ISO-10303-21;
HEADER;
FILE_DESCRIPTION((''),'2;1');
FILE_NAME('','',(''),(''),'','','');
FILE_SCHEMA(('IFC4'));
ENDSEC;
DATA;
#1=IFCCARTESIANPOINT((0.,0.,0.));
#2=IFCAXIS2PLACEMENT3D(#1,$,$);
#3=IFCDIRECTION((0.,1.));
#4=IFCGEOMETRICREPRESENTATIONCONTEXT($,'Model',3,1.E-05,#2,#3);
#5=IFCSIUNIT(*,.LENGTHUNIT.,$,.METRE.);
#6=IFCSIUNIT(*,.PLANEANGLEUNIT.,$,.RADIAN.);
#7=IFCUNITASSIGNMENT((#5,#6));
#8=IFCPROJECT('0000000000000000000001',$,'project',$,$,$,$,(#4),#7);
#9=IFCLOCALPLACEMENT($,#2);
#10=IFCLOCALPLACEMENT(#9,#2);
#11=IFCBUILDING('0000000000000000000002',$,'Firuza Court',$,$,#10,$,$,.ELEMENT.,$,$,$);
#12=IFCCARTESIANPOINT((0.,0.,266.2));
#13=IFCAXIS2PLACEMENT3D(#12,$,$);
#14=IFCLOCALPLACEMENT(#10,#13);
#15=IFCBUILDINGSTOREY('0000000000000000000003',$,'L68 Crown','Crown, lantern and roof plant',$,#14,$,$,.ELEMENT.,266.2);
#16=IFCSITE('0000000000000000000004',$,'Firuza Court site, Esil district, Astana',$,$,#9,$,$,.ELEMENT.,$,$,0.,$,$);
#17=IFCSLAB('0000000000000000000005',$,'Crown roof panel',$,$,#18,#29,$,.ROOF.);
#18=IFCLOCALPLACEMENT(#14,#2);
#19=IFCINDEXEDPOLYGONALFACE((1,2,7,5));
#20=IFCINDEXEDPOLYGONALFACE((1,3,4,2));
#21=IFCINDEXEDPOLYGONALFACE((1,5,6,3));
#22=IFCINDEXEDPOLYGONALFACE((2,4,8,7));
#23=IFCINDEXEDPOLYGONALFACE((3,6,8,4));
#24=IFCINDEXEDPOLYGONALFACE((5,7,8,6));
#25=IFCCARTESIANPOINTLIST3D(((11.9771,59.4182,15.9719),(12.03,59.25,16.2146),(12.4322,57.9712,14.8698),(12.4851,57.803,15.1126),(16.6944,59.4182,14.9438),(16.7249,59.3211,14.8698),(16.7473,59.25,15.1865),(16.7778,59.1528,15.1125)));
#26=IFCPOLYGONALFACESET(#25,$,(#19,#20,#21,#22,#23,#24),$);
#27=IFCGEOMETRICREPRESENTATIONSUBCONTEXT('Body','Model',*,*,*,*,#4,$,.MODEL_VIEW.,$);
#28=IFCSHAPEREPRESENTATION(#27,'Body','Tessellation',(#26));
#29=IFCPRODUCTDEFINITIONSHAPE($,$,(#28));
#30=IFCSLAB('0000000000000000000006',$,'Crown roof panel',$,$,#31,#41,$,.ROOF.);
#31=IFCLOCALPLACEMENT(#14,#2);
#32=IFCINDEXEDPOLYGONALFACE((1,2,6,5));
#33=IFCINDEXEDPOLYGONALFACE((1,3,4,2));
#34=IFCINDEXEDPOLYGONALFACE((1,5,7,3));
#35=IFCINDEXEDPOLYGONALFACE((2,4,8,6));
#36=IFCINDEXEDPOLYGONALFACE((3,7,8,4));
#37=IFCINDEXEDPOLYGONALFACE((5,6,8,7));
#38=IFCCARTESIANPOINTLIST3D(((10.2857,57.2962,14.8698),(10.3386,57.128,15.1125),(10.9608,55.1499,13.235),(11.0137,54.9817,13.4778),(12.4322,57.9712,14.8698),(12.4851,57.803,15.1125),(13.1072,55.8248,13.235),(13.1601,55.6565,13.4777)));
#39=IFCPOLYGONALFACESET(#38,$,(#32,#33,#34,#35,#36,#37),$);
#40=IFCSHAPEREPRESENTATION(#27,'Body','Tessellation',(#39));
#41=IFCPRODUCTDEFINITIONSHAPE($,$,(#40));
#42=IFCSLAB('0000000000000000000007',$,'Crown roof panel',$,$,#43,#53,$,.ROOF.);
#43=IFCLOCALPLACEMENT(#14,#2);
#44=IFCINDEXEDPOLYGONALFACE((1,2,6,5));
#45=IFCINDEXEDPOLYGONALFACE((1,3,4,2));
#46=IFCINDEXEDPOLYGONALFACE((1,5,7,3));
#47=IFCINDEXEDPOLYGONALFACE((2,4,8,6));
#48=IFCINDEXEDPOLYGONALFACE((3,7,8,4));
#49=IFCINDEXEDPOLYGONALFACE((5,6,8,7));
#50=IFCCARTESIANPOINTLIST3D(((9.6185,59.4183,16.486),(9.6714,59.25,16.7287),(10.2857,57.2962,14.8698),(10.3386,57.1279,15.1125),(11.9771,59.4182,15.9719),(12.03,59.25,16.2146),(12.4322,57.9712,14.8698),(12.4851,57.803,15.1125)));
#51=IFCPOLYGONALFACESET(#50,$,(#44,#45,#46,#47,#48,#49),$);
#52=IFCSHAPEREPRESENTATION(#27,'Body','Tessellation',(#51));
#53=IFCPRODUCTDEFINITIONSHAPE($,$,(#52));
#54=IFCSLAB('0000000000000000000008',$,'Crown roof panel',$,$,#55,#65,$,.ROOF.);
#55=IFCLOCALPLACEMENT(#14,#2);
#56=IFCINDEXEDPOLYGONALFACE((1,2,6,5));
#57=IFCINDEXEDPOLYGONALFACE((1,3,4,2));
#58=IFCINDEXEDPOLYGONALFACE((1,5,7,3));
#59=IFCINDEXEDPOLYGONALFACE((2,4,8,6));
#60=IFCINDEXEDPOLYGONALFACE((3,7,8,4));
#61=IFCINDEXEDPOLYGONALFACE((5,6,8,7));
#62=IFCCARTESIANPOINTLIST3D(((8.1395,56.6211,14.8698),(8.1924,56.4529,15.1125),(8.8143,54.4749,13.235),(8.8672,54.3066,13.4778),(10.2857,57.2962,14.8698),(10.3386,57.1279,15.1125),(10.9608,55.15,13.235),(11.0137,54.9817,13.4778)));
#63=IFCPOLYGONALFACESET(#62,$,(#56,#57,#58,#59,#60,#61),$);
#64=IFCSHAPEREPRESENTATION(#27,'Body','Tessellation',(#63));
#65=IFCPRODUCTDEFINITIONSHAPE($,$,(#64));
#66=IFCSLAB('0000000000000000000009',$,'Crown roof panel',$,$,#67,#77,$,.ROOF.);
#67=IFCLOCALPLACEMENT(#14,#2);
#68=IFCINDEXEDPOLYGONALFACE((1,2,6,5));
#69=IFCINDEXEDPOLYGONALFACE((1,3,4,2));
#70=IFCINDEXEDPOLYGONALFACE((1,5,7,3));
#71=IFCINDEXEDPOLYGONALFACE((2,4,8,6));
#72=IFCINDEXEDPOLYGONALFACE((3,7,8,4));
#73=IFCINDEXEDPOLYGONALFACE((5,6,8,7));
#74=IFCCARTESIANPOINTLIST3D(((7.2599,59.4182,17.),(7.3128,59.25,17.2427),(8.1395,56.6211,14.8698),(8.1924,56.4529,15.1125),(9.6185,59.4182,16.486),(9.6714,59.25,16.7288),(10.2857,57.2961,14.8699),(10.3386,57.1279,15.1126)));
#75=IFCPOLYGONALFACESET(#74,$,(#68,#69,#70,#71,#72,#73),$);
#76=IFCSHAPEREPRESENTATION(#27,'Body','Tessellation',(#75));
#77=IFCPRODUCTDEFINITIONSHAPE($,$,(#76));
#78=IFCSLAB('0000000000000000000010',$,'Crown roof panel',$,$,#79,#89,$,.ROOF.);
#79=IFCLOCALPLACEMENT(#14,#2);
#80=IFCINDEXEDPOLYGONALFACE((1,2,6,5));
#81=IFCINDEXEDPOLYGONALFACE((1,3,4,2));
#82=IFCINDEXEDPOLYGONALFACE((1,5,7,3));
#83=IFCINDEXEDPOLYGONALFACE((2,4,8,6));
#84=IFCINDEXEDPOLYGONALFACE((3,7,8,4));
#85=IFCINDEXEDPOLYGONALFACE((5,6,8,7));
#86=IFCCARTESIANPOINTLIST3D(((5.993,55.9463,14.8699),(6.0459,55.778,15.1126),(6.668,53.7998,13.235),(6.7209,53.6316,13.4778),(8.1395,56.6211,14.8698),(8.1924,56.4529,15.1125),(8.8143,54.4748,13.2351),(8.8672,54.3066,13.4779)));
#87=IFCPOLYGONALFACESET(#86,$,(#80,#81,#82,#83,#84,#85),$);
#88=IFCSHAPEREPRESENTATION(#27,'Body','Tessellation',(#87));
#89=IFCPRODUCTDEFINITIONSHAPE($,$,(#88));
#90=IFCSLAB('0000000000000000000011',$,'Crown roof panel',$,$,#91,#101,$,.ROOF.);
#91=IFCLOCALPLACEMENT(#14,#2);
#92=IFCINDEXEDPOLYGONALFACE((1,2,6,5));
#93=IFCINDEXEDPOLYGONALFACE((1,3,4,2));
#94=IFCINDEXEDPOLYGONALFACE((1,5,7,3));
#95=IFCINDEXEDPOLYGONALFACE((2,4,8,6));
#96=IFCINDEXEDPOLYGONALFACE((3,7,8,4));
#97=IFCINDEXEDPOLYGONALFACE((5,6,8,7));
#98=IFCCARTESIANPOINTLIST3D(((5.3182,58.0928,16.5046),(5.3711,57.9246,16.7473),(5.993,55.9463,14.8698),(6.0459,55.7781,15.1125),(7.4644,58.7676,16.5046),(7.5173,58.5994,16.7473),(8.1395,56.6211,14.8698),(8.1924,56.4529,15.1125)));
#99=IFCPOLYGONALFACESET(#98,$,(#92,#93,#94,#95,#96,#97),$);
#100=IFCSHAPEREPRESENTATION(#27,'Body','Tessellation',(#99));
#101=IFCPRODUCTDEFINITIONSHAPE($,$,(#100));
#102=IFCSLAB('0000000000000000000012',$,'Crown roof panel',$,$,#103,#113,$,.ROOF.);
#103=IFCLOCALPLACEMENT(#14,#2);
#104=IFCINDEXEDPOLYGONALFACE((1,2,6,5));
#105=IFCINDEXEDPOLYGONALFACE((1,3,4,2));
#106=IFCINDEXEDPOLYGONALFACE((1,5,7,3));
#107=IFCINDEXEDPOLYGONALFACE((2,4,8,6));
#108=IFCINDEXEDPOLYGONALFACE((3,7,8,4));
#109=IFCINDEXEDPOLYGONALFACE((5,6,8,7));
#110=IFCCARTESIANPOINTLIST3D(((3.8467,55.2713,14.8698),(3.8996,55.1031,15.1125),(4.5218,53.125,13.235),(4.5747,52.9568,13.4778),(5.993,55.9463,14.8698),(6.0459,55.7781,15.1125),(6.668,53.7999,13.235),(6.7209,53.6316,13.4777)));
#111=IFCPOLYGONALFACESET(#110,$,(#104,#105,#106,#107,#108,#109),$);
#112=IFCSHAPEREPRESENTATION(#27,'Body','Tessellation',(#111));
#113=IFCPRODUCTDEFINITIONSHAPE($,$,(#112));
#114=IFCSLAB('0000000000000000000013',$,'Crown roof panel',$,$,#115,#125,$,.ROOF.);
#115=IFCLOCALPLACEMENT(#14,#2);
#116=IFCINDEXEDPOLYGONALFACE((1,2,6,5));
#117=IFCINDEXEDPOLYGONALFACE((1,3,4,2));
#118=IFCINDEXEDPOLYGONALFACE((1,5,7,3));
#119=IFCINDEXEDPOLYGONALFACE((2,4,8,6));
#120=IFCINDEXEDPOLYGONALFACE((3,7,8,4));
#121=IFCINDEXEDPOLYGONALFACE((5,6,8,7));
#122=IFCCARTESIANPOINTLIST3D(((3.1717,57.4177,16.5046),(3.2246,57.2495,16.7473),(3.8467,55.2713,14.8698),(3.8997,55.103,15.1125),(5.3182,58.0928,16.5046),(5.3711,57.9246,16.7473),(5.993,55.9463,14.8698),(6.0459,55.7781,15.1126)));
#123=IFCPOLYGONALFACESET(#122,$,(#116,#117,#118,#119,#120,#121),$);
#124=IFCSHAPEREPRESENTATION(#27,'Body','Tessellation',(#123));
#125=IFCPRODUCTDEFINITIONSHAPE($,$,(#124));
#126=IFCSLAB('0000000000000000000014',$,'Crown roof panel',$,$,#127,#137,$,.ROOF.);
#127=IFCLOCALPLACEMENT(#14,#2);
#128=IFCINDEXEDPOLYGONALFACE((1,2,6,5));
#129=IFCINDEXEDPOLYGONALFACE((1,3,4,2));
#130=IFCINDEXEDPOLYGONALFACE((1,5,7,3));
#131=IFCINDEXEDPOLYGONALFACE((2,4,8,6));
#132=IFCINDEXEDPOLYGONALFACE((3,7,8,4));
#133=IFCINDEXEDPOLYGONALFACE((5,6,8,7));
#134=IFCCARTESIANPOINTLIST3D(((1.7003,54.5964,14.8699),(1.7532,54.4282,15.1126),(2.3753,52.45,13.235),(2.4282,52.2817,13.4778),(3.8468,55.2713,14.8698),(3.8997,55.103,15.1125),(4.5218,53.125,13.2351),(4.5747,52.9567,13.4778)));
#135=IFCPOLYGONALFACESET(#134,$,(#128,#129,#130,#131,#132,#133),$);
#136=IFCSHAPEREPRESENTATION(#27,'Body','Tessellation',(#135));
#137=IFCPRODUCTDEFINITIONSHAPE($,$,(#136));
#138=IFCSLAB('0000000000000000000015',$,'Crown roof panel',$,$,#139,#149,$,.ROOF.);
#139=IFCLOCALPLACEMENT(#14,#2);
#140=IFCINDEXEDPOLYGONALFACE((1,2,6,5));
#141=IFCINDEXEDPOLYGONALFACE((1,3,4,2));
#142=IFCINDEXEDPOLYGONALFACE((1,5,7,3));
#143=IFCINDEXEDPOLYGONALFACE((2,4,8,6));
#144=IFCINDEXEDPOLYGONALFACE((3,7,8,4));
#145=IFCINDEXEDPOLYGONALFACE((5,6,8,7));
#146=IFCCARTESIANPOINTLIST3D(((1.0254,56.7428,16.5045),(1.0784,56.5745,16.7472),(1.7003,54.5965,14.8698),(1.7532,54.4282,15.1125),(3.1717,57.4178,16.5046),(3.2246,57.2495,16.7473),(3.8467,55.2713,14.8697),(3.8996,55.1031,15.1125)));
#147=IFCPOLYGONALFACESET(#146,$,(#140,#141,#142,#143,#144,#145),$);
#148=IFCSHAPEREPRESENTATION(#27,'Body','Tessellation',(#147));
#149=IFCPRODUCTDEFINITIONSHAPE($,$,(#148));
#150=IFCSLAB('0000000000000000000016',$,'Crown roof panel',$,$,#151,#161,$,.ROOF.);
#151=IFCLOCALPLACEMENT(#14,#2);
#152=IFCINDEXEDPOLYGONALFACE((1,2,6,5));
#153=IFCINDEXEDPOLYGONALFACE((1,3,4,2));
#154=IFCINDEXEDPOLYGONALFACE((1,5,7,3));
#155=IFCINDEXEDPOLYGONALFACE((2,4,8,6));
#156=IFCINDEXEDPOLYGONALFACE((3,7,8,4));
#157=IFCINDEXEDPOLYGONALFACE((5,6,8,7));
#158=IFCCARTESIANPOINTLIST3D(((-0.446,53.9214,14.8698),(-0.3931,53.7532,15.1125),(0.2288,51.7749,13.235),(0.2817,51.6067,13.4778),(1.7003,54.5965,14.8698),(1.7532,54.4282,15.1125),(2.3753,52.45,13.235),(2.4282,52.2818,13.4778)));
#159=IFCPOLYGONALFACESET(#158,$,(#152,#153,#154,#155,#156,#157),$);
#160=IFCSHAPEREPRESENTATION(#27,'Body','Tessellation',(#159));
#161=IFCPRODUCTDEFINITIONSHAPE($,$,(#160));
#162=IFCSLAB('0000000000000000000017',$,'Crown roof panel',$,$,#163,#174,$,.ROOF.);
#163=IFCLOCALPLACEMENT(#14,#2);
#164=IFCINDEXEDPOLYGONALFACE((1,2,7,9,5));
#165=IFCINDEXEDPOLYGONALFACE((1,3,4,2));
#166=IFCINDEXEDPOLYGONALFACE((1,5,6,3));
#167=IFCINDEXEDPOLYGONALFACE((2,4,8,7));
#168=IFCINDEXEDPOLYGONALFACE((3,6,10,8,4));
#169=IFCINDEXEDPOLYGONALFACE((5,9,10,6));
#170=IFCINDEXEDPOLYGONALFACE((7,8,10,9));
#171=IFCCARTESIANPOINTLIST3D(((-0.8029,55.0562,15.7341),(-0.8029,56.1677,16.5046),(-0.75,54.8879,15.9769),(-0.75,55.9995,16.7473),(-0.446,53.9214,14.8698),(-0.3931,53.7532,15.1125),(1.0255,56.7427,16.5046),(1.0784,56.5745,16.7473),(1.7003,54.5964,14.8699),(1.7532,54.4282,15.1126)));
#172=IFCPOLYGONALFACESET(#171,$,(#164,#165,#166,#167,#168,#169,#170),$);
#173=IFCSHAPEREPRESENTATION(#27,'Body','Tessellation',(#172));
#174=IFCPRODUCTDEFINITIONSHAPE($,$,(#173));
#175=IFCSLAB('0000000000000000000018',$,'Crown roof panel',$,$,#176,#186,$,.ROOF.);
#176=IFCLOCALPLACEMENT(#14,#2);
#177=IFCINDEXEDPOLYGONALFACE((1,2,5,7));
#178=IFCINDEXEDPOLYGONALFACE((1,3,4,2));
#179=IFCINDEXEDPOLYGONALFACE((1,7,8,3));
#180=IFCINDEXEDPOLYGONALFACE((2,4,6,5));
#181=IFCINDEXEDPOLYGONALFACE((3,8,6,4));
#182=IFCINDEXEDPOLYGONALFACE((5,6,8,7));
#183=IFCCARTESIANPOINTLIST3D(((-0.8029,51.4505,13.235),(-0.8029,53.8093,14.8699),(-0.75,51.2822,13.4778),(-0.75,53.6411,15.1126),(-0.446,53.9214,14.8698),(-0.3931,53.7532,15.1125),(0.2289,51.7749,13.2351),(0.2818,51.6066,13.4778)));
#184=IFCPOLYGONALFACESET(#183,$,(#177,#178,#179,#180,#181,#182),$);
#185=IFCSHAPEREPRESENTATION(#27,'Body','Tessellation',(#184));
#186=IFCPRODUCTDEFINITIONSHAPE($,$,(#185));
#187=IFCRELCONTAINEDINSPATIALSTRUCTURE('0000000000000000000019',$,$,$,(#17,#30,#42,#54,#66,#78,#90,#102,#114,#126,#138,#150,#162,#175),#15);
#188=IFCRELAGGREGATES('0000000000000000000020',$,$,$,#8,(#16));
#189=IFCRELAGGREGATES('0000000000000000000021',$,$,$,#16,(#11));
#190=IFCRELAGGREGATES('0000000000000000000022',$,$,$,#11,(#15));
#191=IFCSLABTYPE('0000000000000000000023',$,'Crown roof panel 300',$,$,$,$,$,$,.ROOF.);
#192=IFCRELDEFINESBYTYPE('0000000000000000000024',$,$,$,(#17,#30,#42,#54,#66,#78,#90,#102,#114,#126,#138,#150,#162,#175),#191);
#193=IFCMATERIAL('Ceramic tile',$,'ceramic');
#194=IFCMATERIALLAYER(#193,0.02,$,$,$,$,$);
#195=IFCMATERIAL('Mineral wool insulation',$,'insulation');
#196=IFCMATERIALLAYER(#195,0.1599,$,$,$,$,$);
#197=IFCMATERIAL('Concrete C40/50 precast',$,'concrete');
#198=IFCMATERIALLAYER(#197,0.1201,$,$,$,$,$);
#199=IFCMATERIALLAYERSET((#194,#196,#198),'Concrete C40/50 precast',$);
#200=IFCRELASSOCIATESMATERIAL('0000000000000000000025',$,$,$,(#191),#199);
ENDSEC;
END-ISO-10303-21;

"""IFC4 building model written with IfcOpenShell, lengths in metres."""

from ifc_helpers import new_model, si_unit, direction, frame, origin, place, context, subcontext, project, spatial, polyline, outline, extrude, material, layer, layer_set, type_object, element, save


model = new_model("IFC4")

# Units and contexts
model_context = context("Model", 3, precision=1e-05, world=origin(), true_north=direction((0.0, 1.0)))
body_context = subcontext(model_context, "Body", "Model", "MODEL_VIEW")
ifc_project = project(units=[si_unit("LENGTHUNIT", "METRE"), si_unit("PLANEANGLEUNIT", "RADIAN")], contexts=[model_context])

# Site, building, storey
site_placement = place(None, origin())
site = spatial("IfcSite", under=ifc_project, at=site_placement, Name="Firuza Court site, Esil district, Astana", CompositionType="ELEMENT", RefElevation=0.0)
building_placement = place(site_placement, origin())
building = spatial("IfcBuilding", under=site, at=building_placement, Name="Firuza Court", CompositionType="ELEMENT")
storey_placement = place(building_placement, frame((0.0, 0.0, 266.2)))
storey = spatial("IfcBuildingStorey", under=building, at=storey_placement, Name="L68 Crown", Description="Crown, lantern and roof plant", CompositionType="ELEMENT", Elevation=266.2)

# Slabs
ifc_material_1 = material(Name="Ceramic tile", Category="ceramic")
ifc_layer_1 = layer(ifc_material_1, 0.02)
ifc_material_2 = material(Name="Mineral wool insulation", Category="insulation")
ifc_layer_2 = layer(ifc_material_2, 0.1599)
ifc_material_3 = material(Name="Concrete C40/50 precast", Category="concrete")
ifc_layer_3 = layer(ifc_material_3, 0.1201)
ifc_layer_set_1 = layer_set([ifc_layer_1, ifc_layer_2, ifc_layer_3], Name="Concrete C40/50 precast")
slab_type = type_object("IfcSlabType", Name="Crown roof panel 300", PredefinedType="ROOF", material=ifc_layer_set_1)
slab_1_placement = place(storey_placement, frame((12.03, 59.25, 16.2146), z_axis=(0.176316, -0.560697, 0.809031), x_axis=(0.977066, -0.000002, -0.212937)))
element("IfcSlab", 1, at=slab_1_placement, inside=storey, type_object=slab_type, Name="Crown roof panel", PredefinedType="ROOF", context=body_context, shape_type="SweptSolid", body=[
    extrude(outline(polyline([(0.0, 0.0), (4.828, 0.0), (4.8736, -0.1173), (0.6793, -1.7476), (0.0, 0.0)])), origin(), (0.0, 0.0, -1.0), 0.3),
])
slab_2_placement = place(storey_placement, frame((11.0137, 54.9817, 13.4778), z_axis=(0.176312, -0.560728, 0.809011), x_axis=(-0.242732, 0.771738, 0.587793)))
element("IfcSlab", 2, at=slab_2_placement, inside=storey, type_object=slab_type, Name="Crown roof panel", PredefinedType="ROOF", context=body_context, shape_type="SweptSolid", body=[
    extrude(outline(polyline([(0.0, 0.0), (2.7811, 0.0), (2.781, -2.2501), (-0.0002, -2.2501), (0.0, 0.0)])), origin(), (0.0, 0.0, -1.0), 0.3),
])
slab_3_placement = place(storey_placement, frame((10.3386, 57.1279, 15.1125), z_axis=(0.176348, -0.560705, 0.809019), x_axis=(-0.242665, 0.771768, 0.587783)))
element("IfcSlab", 3, at=slab_3_placement, inside=storey, type_object=slab_type, Name="Crown roof panel", PredefinedType="ROOF", context=body_context, shape_type="SweptSolid", body=[
    extrude(outline(polyline([(0.0, 0.0), (2.7496, 0.0), (1.8751, -2.25), (0.0001, -2.2501), (0.0, 0.0)])), origin(), (0.0, 0.0, -1.0), 0.3),
])
slab_4_placement = place(storey_placement, frame((8.8672, 54.3066, 13.4778), z_axis=(0.176358, -0.560741, 0.808992), x_axis=(-0.242646, 0.771745, 0.58782)))
element("IfcSlab", 4, at=slab_4_placement, inside=storey, type_object=slab_type, Name="Crown roof panel", PredefinedType="ROOF", context=body_context, shape_type="SweptSolid", body=[
    extrude(outline(polyline([(0.0, 0.0), (2.781, 0.0), (2.7812, -2.2499), (0.0001, -2.2501), (0.0, 0.0)])), origin(), (0.0, 0.0, -1.0), 0.3),
])
slab_5_placement = place(storey_placement, frame((8.1924, 56.4529, 15.1125), z_axis=(0.176314, -0.560697, 0.809032), x_axis=(-0.242706, 0.771769, 0.587764)))
element("IfcSlab", 5, at=slab_5_placement, inside=storey, type_object=slab_type, Name="Crown roof panel", PredefinedType="ROOF", context=body_context, shape_type="SweptSolid", body=[
    extrude(outline(polyline([(0.0, 0.0), (3.6242, 0.0), (2.7497, -2.25), (0.0001, -2.2499), (0.0, 0.0)])), origin(), (0.0, 0.0, -1.0), 0.3),
])
slab_6_placement = place(storey_placement, frame((6.7209, 53.6316, 13.4778), z_axis=(0.176323, -0.560731, 0.809006), x_axis=(-0.242705, 0.771742, 0.5878)))
element("IfcSlab", 6, at=slab_6_placement, inside=storey, type_object=slab_type, Name="Crown roof panel", PredefinedType="ROOF", context=body_context, shape_type="SweptSolid", body=[
    extrude(outline(polyline([(0.0, 0.0), (2.7813, 0.0), (2.7811, -2.2501), (0.0001, -2.2499), (0.0, 0.0)])), origin(), (0.0, 0.0, -1.0), 0.3),
])
slab_7_placement = place(storey_placement, frame((6.0459, 55.7781, 15.1125), z_axis=(0.176288, -0.560721, 0.809021), x_axis=(-0.24263, 0.771781, 0.58778)))
element("IfcSlab", 7, at=slab_7_placement, inside=storey, type_object=slab_type, Name="Crown roof panel", PredefinedType="ROOF", context=body_context, shape_type="SweptSolid", body=[
    extrude(outline(polyline([(0.0, 0.0), (2.7812, 0.0), (2.7813, -2.2498), (0.0, -2.2501), (0.0, 0.0)])), origin(), (0.0, 0.0, -1.0), 0.3),
])
slab_8_placement = place(storey_placement, frame((4.5747, 52.9568, 13.4778), z_axis=(0.17633, -0.560722, 0.809011), x_axis=(-0.242732, 0.771738, 0.587793)))
element("IfcSlab", 8, at=slab_8_placement, inside=storey, type_object=slab_type, Name="Crown roof panel", PredefinedType="ROOF", context=body_context, shape_type="SweptSolid", body=[
    extrude(outline(polyline([(0.0, 0.0), (2.7811, 0.0), (2.7811, -2.2499), (-0.0002, -2.2498), (0.0, 0.0)])), origin(), (0.0, 0.0, -1.0), 0.3),
])
slab_9_placement = place(storey_placement, frame((3.8997, 55.103, 15.1125), z_axis=(0.176346, -0.560703, 0.809021), x_axis=(-0.24271, 0.771756, 0.58778)))
element("IfcSlab", 9, at=slab_9_placement, inside=storey, type_object=slab_type, Name="Crown roof panel", PredefinedType="ROOF", context=body_context, shape_type="SweptSolid", body=[
    extrude(outline(polyline([(0.0, 0.0), (2.7813, 0.0), (2.7813, -2.2501), (0.0001, -2.2499), (0.0, 0.0)])), origin(), (0.0, 0.0, -1.0), 0.3),
])
slab_10_placement = place(storey_placement, frame((2.4282, 52.2817, 13.4778), z_axis=(0.176312, -0.560728, 0.809011), x_axis=(-0.242707, 0.771746, 0.587793)))
element("IfcSlab", 10, at=slab_10_placement, inside=storey, type_object=slab_type, Name="Crown roof panel", PredefinedType="ROOF", context=body_context, shape_type="SweptSolid", body=[
    extrude(outline(polyline([(0.0, 0.0), (2.7813, 0.0), (2.7811, -2.2501), (0.0, -2.2501), (0.0, 0.0)])), origin(), (0.0, 0.0, -1.0), 0.3),
])
slab_11_placement = place(storey_placement, frame((1.7532, 54.4282, 15.1125), z_axis=(0.176323, -0.560731, 0.809006), x_axis=(-0.242651, 0.771759, 0.5878)))
element("IfcSlab", 11, at=slab_11_placement, inside=storey, type_object=slab_type, Name="Crown roof panel", PredefinedType="ROOF", context=body_context, shape_type="SweptSolid", body=[
    extrude(outline(polyline([(0.0, 0.0), (2.781, 0.0), (2.7812, -2.2499), (-0.0001, -2.2501), (0.0, 0.0)])), origin(), (0.0, 0.0, -1.0), 0.3),
])
slab_12_placement = place(storey_placement, frame((0.2817, 51.6067, 13.4778), z_axis=(0.176346, -0.560703, 0.809021), x_axis=(-0.24263, 0.771781, 0.58778)))
element("IfcSlab", 12, at=slab_12_placement, inside=storey, type_object=slab_type, Name="Crown roof panel", PredefinedType="ROOF", context=body_context, shape_type="SweptSolid", body=[
    extrude(outline(polyline([(0.0, 0.0), (2.7812, 0.0), (2.7815, -2.2499), (0.0002, -2.2501), (0.0, 0.0)])), origin(), (0.0, 0.0, -1.0), 0.3),
])
slab_13_placement = place(storey_placement, frame((-0.3931, 53.7532, 15.1125), z_axis=(0.176338, -0.560741, 0.808996), x_axis=(-0.24274, 0.77172, 0.587814)))
element("IfcSlab", 13, at=slab_13_placement, inside=storey, type_object=slab_type, Name="Crown roof panel", PredefinedType="ROOF", context=body_context, shape_type="SweptSolid", body=[
    extrude(outline(polyline([(0.0, 0.0), (1.4704, 0.0), (2.7811, -0.3335), (2.781, -2.2502), (0.0, -2.2499), (0.0, 0.0)])), origin(), (0.0, 0.0, -1.0), 0.3),
])
slab_14_placement = place(storey_placement, frame((-0.75, 51.2822, 13.4778), z_axis=(0.176258, -0.560713, 0.809033), x_axis=(0.000005, 0.821901, 0.56963)))
element("IfcSlab", 14, at=slab_14_placement, inside=storey, type_object=slab_type, Name="Crown roof panel", PredefinedType="ROOF", context=body_context, shape_type="SweptSolid", body=[
    extrude(outline(polyline([(0.0, 0.0), (2.87, 0.0), (2.9621, -0.3626), (0.2667, -1.0482), (0.0, 0.0)])), origin(), (0.0, 0.0, -1.0), 0.3),
])

save(model, "model.ifc")
